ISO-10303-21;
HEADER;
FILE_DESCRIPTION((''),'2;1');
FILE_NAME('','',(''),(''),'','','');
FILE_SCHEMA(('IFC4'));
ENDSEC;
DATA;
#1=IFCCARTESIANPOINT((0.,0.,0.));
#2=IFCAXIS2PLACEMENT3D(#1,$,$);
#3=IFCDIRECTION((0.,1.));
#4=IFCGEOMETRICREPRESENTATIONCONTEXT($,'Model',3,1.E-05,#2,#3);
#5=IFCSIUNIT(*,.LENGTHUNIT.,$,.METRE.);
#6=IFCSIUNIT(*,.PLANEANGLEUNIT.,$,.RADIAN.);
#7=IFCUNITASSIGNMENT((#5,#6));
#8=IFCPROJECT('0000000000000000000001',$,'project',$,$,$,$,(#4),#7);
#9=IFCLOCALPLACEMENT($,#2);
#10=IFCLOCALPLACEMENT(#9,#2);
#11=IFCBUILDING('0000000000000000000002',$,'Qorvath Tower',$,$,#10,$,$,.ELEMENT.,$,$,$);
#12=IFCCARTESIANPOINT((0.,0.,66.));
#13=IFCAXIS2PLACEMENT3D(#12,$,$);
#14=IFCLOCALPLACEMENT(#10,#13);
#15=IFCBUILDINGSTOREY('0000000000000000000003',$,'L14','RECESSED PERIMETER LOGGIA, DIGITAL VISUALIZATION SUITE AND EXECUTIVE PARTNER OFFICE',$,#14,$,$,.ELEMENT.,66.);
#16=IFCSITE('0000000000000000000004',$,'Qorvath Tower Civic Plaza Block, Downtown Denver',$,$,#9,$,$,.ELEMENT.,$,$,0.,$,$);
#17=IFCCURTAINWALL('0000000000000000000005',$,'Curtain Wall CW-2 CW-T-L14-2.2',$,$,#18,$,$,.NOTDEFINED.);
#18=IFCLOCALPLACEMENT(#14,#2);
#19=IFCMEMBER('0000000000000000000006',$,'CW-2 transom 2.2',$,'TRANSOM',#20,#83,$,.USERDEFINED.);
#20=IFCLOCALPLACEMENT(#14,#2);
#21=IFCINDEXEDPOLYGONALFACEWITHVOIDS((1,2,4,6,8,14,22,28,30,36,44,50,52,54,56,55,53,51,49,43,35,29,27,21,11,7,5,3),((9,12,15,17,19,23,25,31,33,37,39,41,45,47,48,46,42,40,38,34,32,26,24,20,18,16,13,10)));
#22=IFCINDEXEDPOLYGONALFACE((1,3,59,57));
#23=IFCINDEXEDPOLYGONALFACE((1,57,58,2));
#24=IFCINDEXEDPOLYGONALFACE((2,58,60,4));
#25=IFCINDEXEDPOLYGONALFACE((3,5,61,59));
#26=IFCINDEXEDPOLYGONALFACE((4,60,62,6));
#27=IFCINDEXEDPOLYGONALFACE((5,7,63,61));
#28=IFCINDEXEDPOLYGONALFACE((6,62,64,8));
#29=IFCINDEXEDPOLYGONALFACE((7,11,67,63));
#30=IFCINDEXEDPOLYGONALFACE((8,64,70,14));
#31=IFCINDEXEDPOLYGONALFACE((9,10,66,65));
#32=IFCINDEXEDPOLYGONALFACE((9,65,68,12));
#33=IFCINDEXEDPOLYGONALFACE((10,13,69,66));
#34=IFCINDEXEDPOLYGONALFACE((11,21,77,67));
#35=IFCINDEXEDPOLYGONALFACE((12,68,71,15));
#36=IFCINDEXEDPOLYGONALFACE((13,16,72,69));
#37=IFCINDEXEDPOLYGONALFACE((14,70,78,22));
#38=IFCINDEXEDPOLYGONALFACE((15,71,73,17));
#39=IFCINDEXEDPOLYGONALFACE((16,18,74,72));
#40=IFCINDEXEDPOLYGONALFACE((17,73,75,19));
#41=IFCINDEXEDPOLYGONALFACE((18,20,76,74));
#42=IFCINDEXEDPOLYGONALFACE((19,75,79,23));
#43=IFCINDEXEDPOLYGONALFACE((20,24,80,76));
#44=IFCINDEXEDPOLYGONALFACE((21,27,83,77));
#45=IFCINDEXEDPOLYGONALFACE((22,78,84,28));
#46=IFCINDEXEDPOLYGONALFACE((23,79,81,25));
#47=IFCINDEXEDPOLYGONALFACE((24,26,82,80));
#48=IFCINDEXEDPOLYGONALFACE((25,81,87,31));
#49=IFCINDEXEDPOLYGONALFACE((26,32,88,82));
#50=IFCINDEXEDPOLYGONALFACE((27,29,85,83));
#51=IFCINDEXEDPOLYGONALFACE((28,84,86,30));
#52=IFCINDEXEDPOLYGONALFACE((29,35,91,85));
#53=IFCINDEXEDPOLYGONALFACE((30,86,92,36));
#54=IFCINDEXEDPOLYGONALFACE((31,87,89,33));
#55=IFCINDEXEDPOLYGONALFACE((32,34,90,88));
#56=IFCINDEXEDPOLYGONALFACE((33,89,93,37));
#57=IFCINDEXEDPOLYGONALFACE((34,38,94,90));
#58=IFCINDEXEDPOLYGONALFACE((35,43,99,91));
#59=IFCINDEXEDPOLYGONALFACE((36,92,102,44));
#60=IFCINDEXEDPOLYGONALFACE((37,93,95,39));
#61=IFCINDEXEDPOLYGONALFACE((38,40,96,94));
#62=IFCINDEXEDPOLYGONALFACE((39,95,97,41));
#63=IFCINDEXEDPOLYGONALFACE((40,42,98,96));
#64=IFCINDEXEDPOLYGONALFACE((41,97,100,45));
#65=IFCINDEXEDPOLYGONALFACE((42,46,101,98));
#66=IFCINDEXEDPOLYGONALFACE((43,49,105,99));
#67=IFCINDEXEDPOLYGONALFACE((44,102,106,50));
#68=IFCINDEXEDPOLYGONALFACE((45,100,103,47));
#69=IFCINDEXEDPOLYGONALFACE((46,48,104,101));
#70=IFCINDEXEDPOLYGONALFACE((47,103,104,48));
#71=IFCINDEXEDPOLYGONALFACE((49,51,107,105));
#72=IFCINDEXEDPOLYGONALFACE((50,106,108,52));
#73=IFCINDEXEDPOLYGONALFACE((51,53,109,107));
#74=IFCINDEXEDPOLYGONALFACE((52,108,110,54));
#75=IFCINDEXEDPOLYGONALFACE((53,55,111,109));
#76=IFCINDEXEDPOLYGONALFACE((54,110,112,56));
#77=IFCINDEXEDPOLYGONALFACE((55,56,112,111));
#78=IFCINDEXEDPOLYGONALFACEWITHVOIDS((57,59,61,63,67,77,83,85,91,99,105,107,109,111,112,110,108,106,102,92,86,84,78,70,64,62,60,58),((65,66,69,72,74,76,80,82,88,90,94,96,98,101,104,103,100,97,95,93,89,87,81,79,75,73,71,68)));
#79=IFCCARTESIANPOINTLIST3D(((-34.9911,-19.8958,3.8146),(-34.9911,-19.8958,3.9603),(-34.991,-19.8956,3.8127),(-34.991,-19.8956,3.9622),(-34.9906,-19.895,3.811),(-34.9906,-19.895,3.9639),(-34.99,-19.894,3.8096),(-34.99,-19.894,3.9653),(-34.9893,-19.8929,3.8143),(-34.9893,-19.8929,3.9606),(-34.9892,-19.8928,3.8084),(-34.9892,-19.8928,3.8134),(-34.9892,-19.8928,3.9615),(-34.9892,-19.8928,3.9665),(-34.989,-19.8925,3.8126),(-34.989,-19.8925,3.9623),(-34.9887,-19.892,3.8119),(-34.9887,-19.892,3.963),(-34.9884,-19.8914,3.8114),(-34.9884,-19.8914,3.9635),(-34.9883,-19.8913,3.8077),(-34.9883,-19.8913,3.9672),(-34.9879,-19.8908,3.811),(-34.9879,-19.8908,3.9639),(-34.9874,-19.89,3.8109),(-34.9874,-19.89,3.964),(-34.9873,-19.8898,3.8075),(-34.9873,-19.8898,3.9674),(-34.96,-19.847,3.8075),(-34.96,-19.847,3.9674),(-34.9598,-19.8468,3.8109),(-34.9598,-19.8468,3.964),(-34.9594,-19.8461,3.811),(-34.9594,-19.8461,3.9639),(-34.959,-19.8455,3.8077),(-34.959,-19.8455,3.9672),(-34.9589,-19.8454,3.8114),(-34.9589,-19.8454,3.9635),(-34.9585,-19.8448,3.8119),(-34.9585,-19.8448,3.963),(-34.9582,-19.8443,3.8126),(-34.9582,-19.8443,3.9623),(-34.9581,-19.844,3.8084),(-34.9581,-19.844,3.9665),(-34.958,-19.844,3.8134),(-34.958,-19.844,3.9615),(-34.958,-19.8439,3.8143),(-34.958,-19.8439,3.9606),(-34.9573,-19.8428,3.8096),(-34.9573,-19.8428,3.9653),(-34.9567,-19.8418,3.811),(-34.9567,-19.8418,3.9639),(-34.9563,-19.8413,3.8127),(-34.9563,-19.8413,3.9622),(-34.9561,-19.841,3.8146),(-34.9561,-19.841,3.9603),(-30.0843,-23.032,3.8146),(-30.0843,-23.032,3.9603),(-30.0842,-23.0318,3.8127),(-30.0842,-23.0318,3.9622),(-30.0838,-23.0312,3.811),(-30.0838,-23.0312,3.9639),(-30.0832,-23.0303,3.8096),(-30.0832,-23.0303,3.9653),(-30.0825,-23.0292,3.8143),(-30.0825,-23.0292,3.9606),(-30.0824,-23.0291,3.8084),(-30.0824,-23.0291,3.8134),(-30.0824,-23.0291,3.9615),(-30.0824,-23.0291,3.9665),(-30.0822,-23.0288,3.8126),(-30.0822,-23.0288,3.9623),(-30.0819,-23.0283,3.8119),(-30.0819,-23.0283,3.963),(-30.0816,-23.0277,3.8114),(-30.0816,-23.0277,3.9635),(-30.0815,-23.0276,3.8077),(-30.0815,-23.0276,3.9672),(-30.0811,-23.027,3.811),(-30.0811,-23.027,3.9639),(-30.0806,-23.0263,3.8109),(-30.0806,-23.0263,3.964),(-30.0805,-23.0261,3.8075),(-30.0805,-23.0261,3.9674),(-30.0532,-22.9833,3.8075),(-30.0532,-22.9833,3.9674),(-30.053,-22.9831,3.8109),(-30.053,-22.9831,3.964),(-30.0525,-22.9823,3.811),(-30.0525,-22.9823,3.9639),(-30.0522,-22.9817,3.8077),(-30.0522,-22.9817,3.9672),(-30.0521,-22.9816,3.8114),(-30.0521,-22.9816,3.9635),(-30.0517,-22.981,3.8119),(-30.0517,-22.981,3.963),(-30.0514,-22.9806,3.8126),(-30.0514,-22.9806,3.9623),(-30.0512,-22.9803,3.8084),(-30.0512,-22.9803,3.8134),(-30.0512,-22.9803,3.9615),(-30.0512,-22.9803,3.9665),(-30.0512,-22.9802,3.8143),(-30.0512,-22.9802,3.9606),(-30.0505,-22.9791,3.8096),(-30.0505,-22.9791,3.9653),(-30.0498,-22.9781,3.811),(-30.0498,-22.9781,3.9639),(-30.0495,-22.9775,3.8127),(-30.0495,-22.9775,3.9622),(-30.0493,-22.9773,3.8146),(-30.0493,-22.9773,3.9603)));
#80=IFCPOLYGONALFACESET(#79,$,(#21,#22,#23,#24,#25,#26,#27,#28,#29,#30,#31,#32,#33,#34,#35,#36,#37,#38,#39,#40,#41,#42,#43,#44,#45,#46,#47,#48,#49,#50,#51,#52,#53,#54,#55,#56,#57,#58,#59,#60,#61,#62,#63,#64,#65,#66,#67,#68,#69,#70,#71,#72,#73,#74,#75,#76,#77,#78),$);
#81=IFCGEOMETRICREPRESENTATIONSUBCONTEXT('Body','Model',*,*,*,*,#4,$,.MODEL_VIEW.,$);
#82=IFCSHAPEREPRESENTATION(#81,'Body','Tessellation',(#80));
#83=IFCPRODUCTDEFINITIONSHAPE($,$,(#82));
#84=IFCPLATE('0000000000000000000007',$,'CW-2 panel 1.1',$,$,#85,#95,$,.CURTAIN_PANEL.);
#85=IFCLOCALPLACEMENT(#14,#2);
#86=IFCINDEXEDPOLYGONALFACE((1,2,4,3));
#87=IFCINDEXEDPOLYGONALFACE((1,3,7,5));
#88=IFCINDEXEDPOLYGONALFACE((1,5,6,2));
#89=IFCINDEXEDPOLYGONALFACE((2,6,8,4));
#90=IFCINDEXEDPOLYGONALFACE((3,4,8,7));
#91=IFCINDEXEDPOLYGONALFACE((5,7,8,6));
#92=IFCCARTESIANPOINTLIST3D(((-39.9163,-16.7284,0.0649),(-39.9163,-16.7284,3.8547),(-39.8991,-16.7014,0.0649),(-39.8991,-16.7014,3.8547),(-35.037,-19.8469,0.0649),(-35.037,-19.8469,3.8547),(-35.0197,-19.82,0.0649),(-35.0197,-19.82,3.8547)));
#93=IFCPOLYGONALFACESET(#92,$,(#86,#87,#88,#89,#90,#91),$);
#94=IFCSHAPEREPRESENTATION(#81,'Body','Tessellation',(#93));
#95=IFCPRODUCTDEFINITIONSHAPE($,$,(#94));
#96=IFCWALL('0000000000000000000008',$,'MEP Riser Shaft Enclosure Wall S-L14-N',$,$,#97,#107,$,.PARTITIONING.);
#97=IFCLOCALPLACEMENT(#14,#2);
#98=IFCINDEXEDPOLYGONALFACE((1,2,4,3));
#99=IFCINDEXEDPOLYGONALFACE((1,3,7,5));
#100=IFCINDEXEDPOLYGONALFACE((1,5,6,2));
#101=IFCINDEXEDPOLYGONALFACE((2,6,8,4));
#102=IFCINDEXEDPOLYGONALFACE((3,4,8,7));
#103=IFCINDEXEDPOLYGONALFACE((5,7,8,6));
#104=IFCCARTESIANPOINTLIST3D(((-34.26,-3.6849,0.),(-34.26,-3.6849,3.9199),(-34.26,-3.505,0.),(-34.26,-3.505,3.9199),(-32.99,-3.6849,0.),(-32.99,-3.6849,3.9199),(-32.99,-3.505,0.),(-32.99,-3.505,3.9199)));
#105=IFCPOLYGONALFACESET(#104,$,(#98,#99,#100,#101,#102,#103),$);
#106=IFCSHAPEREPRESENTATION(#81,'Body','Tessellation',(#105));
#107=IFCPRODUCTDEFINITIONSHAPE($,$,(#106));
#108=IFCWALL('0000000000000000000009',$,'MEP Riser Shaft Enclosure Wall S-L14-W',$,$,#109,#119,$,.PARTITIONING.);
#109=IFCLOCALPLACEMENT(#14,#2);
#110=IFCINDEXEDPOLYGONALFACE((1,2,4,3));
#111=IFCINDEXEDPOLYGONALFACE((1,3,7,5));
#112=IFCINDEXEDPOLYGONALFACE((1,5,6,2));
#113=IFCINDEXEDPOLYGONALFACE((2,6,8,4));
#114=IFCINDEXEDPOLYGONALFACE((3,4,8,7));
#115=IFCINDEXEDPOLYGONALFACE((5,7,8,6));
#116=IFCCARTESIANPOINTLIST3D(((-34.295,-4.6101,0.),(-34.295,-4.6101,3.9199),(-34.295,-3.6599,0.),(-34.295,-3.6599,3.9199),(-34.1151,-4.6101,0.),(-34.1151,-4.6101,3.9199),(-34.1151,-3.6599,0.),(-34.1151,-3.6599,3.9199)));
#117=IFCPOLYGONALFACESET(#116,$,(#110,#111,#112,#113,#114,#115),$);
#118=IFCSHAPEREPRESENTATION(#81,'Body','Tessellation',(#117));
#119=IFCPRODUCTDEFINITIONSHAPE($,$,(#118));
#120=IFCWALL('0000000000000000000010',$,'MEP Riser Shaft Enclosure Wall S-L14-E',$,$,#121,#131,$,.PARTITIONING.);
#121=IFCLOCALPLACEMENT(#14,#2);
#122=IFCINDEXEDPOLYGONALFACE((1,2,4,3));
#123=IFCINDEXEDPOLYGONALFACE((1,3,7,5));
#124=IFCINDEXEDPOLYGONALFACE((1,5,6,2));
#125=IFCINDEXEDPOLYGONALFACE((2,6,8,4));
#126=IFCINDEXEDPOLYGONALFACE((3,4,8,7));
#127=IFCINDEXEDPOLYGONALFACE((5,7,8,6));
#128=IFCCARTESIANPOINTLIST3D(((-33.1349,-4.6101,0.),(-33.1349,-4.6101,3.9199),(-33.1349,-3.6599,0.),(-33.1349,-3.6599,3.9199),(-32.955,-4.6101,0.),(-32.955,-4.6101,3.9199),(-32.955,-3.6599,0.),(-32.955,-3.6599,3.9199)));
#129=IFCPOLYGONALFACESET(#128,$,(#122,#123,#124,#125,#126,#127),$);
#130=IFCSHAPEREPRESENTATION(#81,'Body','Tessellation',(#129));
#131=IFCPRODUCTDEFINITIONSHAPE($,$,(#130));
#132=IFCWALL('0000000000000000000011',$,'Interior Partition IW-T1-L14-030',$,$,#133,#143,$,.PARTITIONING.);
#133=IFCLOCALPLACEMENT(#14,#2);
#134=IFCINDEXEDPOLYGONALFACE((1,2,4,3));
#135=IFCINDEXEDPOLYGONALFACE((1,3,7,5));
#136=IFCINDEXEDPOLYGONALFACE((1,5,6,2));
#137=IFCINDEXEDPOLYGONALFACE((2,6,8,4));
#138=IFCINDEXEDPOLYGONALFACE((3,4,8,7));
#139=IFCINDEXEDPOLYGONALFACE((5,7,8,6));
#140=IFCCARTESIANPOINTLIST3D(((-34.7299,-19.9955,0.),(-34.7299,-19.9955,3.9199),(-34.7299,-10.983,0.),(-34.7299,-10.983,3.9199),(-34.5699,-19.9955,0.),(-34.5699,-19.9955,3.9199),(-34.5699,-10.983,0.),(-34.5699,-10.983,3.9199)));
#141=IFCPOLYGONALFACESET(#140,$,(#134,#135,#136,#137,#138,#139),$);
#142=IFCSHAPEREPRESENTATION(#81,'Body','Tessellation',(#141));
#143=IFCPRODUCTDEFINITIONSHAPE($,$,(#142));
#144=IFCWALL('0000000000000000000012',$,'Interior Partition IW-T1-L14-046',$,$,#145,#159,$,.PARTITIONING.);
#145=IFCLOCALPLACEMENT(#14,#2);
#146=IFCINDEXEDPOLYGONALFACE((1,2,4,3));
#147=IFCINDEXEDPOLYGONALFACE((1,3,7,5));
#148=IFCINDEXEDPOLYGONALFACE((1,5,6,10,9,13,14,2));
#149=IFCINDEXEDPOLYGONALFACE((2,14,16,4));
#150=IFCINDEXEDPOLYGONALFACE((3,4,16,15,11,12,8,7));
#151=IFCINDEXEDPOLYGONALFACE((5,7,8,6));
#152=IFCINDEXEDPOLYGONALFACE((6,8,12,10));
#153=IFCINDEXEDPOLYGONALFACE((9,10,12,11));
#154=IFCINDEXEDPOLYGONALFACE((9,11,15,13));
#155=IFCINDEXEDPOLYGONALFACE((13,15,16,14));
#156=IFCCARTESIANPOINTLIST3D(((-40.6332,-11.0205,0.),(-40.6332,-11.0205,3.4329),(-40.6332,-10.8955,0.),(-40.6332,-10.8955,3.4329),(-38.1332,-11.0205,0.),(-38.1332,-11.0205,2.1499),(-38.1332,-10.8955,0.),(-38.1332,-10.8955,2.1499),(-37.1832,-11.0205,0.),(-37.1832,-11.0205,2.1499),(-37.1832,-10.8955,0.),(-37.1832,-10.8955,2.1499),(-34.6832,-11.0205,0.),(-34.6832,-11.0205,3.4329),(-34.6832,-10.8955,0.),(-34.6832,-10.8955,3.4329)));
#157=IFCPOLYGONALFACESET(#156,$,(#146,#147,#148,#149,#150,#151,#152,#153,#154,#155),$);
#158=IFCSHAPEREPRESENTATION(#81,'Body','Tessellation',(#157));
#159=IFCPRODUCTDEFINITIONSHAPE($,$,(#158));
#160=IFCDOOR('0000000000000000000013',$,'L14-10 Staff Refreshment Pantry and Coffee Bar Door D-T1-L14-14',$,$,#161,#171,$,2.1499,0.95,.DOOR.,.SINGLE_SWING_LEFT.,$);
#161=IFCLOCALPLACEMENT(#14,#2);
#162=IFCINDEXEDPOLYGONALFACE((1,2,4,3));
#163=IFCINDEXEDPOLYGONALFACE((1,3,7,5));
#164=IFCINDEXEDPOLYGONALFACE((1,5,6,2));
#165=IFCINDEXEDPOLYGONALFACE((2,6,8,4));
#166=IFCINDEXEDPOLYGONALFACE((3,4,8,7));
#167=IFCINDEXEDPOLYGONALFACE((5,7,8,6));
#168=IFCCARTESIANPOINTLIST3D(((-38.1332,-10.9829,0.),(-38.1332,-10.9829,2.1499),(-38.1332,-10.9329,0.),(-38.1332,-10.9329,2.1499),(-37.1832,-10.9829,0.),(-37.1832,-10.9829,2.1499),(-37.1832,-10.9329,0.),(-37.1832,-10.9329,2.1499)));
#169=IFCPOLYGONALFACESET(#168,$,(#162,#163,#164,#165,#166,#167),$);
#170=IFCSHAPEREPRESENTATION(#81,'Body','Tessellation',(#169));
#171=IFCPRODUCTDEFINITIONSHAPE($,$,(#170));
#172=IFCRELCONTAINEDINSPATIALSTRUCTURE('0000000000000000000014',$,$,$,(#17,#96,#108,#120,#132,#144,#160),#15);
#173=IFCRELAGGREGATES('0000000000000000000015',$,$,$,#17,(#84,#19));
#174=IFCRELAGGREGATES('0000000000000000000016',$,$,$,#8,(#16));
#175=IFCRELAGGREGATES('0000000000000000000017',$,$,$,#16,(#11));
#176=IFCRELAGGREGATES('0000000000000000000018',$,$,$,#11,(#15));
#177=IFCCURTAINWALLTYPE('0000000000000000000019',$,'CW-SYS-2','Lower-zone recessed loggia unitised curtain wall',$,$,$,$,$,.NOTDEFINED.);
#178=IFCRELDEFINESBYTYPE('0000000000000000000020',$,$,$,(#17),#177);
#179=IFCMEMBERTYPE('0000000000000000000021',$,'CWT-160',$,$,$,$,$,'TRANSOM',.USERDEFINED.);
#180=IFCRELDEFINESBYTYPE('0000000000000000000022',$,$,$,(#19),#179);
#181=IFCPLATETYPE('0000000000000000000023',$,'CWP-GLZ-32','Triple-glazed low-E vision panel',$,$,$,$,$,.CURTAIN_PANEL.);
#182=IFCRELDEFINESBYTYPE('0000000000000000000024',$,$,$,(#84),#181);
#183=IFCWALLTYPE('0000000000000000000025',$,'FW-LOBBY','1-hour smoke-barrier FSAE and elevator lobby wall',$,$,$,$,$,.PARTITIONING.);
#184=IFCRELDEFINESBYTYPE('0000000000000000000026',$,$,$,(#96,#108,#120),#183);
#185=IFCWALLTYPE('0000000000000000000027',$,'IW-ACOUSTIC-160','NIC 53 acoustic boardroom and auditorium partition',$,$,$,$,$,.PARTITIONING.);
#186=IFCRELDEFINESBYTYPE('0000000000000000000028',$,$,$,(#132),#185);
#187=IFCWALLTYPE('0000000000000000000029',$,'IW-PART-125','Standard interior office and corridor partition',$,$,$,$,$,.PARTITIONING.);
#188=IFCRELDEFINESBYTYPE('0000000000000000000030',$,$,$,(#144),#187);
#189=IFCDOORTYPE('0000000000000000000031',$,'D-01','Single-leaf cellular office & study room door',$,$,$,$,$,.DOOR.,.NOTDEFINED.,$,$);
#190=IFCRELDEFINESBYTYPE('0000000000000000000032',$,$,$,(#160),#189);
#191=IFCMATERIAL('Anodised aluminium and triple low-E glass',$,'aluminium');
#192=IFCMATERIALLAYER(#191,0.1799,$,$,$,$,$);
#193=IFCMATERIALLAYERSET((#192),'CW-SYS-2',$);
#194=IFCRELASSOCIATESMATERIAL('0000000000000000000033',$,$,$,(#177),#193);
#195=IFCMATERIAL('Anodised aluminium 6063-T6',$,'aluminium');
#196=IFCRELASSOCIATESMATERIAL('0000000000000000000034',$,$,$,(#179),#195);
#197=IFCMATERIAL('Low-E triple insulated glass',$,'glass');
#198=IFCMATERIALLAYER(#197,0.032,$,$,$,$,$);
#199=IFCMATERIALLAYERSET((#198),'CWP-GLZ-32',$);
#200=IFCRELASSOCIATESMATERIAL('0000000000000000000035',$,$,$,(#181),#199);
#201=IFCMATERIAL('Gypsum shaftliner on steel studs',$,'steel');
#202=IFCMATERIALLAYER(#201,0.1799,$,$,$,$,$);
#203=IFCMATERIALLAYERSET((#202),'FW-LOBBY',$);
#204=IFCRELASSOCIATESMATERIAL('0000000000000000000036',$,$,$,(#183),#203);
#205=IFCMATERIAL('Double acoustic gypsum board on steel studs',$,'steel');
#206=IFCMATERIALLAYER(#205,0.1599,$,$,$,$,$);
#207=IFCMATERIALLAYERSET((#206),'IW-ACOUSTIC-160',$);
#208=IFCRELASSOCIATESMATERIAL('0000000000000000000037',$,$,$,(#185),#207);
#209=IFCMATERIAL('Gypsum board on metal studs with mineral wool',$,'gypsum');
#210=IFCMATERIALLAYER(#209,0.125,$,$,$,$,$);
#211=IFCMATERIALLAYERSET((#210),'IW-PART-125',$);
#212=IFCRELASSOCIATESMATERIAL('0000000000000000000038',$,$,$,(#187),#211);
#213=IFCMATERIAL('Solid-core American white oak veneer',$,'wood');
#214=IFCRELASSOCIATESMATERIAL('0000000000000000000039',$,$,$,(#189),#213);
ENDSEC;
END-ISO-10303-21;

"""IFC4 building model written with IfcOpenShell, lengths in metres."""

from ifc_helpers import new_model, si_unit, direction, frame, frame_2d, origin, origin_2d, place, context, subcontext, project, spatial, rectangle, hollow_rectangle, extrude, material, layer, layer_set, material_profile, profile_set, type_object, element, fill, aggregate, save


model = new_model("IFC4")

# Units and contexts
model_context = context("Model", 3, precision=1e-05, world=origin(), true_north=direction((0.0, 1.0)))
body_context = subcontext(model_context, "Body", "Model", "MODEL_VIEW")
ifc_project = project(units=[si_unit("LENGTHUNIT", "METRE"), si_unit("PLANEANGLEUNIT", "RADIAN")], contexts=[model_context])

# Site, building, storey
site_placement = place(None, origin())
site = spatial("IfcSite", under=ifc_project, at=site_placement, Name="Qorvath Tower Civic Plaza Block, Downtown Denver", CompositionType="ELEMENT", RefElevation=0.0)
building_placement = place(site_placement, origin())
building = spatial("IfcBuilding", under=site, at=building_placement, Name="Qorvath Tower", CompositionType="ELEMENT")
storey_placement = place(building_placement, frame((0.0, 0.0, 66.0)))
storey = spatial("IfcBuildingStorey", under=building, at=storey_placement, Name="L14", Description="RECESSED PERIMETER LOGGIA, DIGITAL VISUALIZATION SUITE AND EXECUTIVE PARTNER OFFICE", CompositionType="ELEMENT", Elevation=66.0)

# Shared definitions
ifc_material_1 = material(Name="Anodised aluminium and triple low-E glass", Category="aluminium")
ifc_layer_1 = layer(ifc_material_1, 0.1799)
ifc_layer_set_1 = layer_set([ifc_layer_1], Name="CW-SYS-2")
curtain_wall_type = type_object("IfcCurtainWallType", Name="CW-SYS-2", Description="Lower-zone recessed loggia unitised curtain wall", PredefinedType="NOTDEFINED", material=ifc_layer_set_1)

# Curtain wall, member, plate
curtain_wall_1_placement = place(storey_placement, origin())
curtain_wall_1 = element("IfcCurtainWall", 1, at=curtain_wall_1_placement, inside=storey, type_object=curtain_wall_type, Name="Curtain Wall CW-2 CW-T-L14-2.2", PredefinedType="NOTDEFINED")
ifc_material_2 = material(Name="Anodised aluminium 6063-T6", Category="aluminium")
ifc_material_profile_1 = material_profile(ifc_material_2, hollow_rectangle(XDim=0.0649, YDim=0.1599, WallThickness=0.0034, InnerFilletRadius=0.0034, OuterFilletRadius=0.0071, at=origin_2d()), Name="CWT 160x65")
ifc_profile_set_1 = profile_set([ifc_material_profile_1], Name="Anodised aluminium 6063-T6")
member_type_1 = type_object("IfcMemberType", Name="CWT-160", ElementType="TRANSOM", PredefinedType="USERDEFINED", material=ifc_profile_set_1)
member_1_placement = place(storey_placement, frame((-34.9736, -19.8684, 3.8875), z_axis=(0.84259, -0.538556, 0.0), x_axis=(0.538556, 0.84259, 0.0)))
member_1 = element("IfcMember", 2, at=member_1_placement, type_object=member_type_1, Name="CW-2 transom 2.2", ObjectType="TRANSOM", PredefinedType="USERDEFINED", context=body_context, shape_type="SweptSolid", body=[
    extrude(hollow_rectangle(XDim=0.0649, YDim=0.1599, WallThickness=0.0034, InnerFilletRadius=0.0034, OuterFilletRadius=0.0071, at=origin_2d()), origin(), (0.0, 0.0, 1.0), 5.8235),
])
ifc_material_3 = material(Name="Low-E triple insulated glass", Category="glass")
ifc_layer_2 = layer(ifc_material_3, 0.032)
ifc_layer_set_2 = layer_set([ifc_layer_2], Name="CWP-GLZ-32")
plate_type = type_object("IfcPlateType", Name="CWP-GLZ-32", Description="Triple-glazed low-E vision panel", PredefinedType="CURTAIN_PANEL", material=ifc_layer_set_2)
plate_placement = place(storey_placement, frame((-37.468, -18.2742, 0.0649), z_axis=(0.0, 0.0, 1.0), x_axis=(0.842602, -0.538537, 0.0)))
plate = element("IfcPlate", 3, at=plate_placement, type_object=plate_type, Name="CW-2 panel 1.1", PredefinedType="CURTAIN_PANEL", context=body_context, shape_type="SweptSolid", body=[
    extrude(rectangle(XDim=5.7908, YDim=0.032, at=origin_2d()), origin(), (0.0, 0.0, 1.0), 3.7898),
])
aggregate(curtain_wall_1, [plate, member_1])

# Walls
ifc_material_4 = material(Name="Gypsum shaftliner on steel studs", Category="steel")
ifc_layer_3 = layer(ifc_material_4, 0.1799)
ifc_layer_set_3 = layer_set([ifc_layer_3], Name="FW-LOBBY")
wall_type_1 = type_object("IfcWallType", Name="FW-LOBBY", Description="1-hour smoke-barrier FSAE and elevator lobby wall", PredefinedType="PARTITIONING", material=ifc_layer_set_3)
wall_1_placement = place(storey_placement, frame((-34.26, -3.595, 0.0), z_axis=(0.0, 0.0, 1.0), x_axis=(1.0, 0.0, 0.0)))
element("IfcWall", 4, at=wall_1_placement, inside=storey, type_object=wall_type_1, Name="MEP Riser Shaft Enclosure Wall S-L14-N", PredefinedType="PARTITIONING", context=body_context, shape_type="SweptSolid", body=[
    extrude(rectangle(XDim=1.27, YDim=0.1799, at=frame_2d((0.635, 0.0))), origin(), (0.0, 0.0, 1.0), 3.9199),
])
for number, where, z_axis, x_axis, name in (
    (5, (-34.2051, -4.6101, 0.0), (0.0, 0.0, 1.0), (0.0, 1.0, 0.0), "MEP Riser Shaft Enclosure Wall S-L14-W"),
    (6, (-33.0449, -3.6599, 0.0), (0.0, 0.0, 1.0), (0.0, -1.0, 0.0), "MEP Riser Shaft Enclosure Wall S-L14-E"),
):
    element("IfcWall", number, at=place(storey_placement, frame(where, z_axis=z_axis, x_axis=x_axis)), inside=storey, type_object=wall_type_1, Name=name, PredefinedType="PARTITIONING", context=body_context, shape_type="SweptSolid", body=[
        extrude(rectangle(XDim=0.9502, YDim=0.1799, at=frame_2d((0.4751, 0.0))), origin(), (0.0, 0.0, 1.0), 3.9199),
    ])
ifc_material_5 = material(Name="Double acoustic gypsum board on steel studs", Category="steel")
ifc_layer_4 = layer(ifc_material_5, 0.1599)
ifc_layer_set_4 = layer_set([ifc_layer_4], Name="IW-ACOUSTIC-160")
wall_type_2 = type_object("IfcWallType", Name="IW-ACOUSTIC-160", Description="NIC 53 acoustic boardroom and auditorium partition", PredefinedType="PARTITIONING", material=ifc_layer_set_4)
wall_2_placement = place(storey_placement, frame((-34.6499, -10.9829, 0.0), z_axis=(0.0, 0.0, 1.0), x_axis=(0.0, -1.0, 0.0)))
element("IfcWall", 7, at=wall_2_placement, inside=storey, type_object=wall_type_2, Name="Interior Partition IW-T1-L14-030", PredefinedType="PARTITIONING", context=body_context, shape_type="SweptSolid", body=[
    extrude(rectangle(XDim=9.0125, YDim=0.1599, at=frame_2d((4.5063, 0.0))), origin(), (0.0, 0.0, 1.0), 3.9199),
])

# Wall, opening, door
ifc_material_6 = material(Name="Gypsum board on metal studs with mineral wool", Category="gypsum")
ifc_layer_5 = layer(ifc_material_6, 0.125)
ifc_layer_set_5 = layer_set([ifc_layer_5], Name="IW-PART-125")
wall_type_3 = type_object("IfcWallType", Name="IW-PART-125", Description="Standard interior office and corridor partition", PredefinedType="PARTITIONING", material=ifc_layer_set_5)
wall_3_placement = place(storey_placement, frame((-34.6831, -10.958, 0.0), z_axis=(0.0, 0.0, 1.0), x_axis=(-1.0, 0.0, 0.0)))
wall_3 = element("IfcWall", 8, at=wall_3_placement, inside=storey, type_object=wall_type_3, Name="Interior Partition IW-T1-L14-046", PredefinedType="PARTITIONING", context=body_context, shape_type="SweptSolid", body=[
    extrude(rectangle(XDim=5.95, YDim=0.125, at=frame_2d((2.9751, 0.0))), origin(), (0.0, 0.0, 1.0), 3.4329),
])
opening_1_placement = place(wall_3_placement, frame((2.5, 0.0, 0.0)))
opening_1 = element("IfcOpeningElement", 9, at=opening_1_placement, cuts=wall_3, PredefinedType="OPENING", context=body_context, shape_type="SweptSolid", body=[
    extrude(rectangle(XDim=0.95, YDim=2.1499, at=frame_2d((0.4751, 1.075))), frame((0.0, 0.0725, 0.0), z_axis=(0.0, -1.0, 0.0), x_axis=(1.0, 0.0, 0.0)), (0.0, 0.0, 1.0), 0.145),
])
ifc_material_7 = material(Name="Solid-core American white oak veneer", Category="wood")
door_type_1 = type_object("IfcDoorType", Name="D-01", Description="Single-leaf cellular office & study room door", OperationType="NOTDEFINED", PredefinedType="DOOR", material=ifc_material_7)
door_1_placement = place(opening_1_placement, origin())
door_1 = element("IfcDoor", 10, at=door_1_placement, inside=storey, type_object=door_type_1, Name="L14-10 Staff Refreshment Pantry and Coffee Bar Door D-T1-L14-14", OperationType="SINGLE_SWING_LEFT", OverallHeight=2.1499, OverallWidth=0.95, PredefinedType="DOOR", context=body_context, shape_type="SweptSolid", body=[
    extrude(rectangle(XDim=0.95, YDim=2.1499, at=frame_2d((0.4751, 1.075))), frame((0.0, 0.0249, 0.0), z_axis=(0.0, -1.0, 0.0), x_axis=(1.0, 0.0, 0.0)), (0.0, 0.0, 1.0), 0.05),
])
fill(opening_1, door_1)

save(model, "model.ifc")
